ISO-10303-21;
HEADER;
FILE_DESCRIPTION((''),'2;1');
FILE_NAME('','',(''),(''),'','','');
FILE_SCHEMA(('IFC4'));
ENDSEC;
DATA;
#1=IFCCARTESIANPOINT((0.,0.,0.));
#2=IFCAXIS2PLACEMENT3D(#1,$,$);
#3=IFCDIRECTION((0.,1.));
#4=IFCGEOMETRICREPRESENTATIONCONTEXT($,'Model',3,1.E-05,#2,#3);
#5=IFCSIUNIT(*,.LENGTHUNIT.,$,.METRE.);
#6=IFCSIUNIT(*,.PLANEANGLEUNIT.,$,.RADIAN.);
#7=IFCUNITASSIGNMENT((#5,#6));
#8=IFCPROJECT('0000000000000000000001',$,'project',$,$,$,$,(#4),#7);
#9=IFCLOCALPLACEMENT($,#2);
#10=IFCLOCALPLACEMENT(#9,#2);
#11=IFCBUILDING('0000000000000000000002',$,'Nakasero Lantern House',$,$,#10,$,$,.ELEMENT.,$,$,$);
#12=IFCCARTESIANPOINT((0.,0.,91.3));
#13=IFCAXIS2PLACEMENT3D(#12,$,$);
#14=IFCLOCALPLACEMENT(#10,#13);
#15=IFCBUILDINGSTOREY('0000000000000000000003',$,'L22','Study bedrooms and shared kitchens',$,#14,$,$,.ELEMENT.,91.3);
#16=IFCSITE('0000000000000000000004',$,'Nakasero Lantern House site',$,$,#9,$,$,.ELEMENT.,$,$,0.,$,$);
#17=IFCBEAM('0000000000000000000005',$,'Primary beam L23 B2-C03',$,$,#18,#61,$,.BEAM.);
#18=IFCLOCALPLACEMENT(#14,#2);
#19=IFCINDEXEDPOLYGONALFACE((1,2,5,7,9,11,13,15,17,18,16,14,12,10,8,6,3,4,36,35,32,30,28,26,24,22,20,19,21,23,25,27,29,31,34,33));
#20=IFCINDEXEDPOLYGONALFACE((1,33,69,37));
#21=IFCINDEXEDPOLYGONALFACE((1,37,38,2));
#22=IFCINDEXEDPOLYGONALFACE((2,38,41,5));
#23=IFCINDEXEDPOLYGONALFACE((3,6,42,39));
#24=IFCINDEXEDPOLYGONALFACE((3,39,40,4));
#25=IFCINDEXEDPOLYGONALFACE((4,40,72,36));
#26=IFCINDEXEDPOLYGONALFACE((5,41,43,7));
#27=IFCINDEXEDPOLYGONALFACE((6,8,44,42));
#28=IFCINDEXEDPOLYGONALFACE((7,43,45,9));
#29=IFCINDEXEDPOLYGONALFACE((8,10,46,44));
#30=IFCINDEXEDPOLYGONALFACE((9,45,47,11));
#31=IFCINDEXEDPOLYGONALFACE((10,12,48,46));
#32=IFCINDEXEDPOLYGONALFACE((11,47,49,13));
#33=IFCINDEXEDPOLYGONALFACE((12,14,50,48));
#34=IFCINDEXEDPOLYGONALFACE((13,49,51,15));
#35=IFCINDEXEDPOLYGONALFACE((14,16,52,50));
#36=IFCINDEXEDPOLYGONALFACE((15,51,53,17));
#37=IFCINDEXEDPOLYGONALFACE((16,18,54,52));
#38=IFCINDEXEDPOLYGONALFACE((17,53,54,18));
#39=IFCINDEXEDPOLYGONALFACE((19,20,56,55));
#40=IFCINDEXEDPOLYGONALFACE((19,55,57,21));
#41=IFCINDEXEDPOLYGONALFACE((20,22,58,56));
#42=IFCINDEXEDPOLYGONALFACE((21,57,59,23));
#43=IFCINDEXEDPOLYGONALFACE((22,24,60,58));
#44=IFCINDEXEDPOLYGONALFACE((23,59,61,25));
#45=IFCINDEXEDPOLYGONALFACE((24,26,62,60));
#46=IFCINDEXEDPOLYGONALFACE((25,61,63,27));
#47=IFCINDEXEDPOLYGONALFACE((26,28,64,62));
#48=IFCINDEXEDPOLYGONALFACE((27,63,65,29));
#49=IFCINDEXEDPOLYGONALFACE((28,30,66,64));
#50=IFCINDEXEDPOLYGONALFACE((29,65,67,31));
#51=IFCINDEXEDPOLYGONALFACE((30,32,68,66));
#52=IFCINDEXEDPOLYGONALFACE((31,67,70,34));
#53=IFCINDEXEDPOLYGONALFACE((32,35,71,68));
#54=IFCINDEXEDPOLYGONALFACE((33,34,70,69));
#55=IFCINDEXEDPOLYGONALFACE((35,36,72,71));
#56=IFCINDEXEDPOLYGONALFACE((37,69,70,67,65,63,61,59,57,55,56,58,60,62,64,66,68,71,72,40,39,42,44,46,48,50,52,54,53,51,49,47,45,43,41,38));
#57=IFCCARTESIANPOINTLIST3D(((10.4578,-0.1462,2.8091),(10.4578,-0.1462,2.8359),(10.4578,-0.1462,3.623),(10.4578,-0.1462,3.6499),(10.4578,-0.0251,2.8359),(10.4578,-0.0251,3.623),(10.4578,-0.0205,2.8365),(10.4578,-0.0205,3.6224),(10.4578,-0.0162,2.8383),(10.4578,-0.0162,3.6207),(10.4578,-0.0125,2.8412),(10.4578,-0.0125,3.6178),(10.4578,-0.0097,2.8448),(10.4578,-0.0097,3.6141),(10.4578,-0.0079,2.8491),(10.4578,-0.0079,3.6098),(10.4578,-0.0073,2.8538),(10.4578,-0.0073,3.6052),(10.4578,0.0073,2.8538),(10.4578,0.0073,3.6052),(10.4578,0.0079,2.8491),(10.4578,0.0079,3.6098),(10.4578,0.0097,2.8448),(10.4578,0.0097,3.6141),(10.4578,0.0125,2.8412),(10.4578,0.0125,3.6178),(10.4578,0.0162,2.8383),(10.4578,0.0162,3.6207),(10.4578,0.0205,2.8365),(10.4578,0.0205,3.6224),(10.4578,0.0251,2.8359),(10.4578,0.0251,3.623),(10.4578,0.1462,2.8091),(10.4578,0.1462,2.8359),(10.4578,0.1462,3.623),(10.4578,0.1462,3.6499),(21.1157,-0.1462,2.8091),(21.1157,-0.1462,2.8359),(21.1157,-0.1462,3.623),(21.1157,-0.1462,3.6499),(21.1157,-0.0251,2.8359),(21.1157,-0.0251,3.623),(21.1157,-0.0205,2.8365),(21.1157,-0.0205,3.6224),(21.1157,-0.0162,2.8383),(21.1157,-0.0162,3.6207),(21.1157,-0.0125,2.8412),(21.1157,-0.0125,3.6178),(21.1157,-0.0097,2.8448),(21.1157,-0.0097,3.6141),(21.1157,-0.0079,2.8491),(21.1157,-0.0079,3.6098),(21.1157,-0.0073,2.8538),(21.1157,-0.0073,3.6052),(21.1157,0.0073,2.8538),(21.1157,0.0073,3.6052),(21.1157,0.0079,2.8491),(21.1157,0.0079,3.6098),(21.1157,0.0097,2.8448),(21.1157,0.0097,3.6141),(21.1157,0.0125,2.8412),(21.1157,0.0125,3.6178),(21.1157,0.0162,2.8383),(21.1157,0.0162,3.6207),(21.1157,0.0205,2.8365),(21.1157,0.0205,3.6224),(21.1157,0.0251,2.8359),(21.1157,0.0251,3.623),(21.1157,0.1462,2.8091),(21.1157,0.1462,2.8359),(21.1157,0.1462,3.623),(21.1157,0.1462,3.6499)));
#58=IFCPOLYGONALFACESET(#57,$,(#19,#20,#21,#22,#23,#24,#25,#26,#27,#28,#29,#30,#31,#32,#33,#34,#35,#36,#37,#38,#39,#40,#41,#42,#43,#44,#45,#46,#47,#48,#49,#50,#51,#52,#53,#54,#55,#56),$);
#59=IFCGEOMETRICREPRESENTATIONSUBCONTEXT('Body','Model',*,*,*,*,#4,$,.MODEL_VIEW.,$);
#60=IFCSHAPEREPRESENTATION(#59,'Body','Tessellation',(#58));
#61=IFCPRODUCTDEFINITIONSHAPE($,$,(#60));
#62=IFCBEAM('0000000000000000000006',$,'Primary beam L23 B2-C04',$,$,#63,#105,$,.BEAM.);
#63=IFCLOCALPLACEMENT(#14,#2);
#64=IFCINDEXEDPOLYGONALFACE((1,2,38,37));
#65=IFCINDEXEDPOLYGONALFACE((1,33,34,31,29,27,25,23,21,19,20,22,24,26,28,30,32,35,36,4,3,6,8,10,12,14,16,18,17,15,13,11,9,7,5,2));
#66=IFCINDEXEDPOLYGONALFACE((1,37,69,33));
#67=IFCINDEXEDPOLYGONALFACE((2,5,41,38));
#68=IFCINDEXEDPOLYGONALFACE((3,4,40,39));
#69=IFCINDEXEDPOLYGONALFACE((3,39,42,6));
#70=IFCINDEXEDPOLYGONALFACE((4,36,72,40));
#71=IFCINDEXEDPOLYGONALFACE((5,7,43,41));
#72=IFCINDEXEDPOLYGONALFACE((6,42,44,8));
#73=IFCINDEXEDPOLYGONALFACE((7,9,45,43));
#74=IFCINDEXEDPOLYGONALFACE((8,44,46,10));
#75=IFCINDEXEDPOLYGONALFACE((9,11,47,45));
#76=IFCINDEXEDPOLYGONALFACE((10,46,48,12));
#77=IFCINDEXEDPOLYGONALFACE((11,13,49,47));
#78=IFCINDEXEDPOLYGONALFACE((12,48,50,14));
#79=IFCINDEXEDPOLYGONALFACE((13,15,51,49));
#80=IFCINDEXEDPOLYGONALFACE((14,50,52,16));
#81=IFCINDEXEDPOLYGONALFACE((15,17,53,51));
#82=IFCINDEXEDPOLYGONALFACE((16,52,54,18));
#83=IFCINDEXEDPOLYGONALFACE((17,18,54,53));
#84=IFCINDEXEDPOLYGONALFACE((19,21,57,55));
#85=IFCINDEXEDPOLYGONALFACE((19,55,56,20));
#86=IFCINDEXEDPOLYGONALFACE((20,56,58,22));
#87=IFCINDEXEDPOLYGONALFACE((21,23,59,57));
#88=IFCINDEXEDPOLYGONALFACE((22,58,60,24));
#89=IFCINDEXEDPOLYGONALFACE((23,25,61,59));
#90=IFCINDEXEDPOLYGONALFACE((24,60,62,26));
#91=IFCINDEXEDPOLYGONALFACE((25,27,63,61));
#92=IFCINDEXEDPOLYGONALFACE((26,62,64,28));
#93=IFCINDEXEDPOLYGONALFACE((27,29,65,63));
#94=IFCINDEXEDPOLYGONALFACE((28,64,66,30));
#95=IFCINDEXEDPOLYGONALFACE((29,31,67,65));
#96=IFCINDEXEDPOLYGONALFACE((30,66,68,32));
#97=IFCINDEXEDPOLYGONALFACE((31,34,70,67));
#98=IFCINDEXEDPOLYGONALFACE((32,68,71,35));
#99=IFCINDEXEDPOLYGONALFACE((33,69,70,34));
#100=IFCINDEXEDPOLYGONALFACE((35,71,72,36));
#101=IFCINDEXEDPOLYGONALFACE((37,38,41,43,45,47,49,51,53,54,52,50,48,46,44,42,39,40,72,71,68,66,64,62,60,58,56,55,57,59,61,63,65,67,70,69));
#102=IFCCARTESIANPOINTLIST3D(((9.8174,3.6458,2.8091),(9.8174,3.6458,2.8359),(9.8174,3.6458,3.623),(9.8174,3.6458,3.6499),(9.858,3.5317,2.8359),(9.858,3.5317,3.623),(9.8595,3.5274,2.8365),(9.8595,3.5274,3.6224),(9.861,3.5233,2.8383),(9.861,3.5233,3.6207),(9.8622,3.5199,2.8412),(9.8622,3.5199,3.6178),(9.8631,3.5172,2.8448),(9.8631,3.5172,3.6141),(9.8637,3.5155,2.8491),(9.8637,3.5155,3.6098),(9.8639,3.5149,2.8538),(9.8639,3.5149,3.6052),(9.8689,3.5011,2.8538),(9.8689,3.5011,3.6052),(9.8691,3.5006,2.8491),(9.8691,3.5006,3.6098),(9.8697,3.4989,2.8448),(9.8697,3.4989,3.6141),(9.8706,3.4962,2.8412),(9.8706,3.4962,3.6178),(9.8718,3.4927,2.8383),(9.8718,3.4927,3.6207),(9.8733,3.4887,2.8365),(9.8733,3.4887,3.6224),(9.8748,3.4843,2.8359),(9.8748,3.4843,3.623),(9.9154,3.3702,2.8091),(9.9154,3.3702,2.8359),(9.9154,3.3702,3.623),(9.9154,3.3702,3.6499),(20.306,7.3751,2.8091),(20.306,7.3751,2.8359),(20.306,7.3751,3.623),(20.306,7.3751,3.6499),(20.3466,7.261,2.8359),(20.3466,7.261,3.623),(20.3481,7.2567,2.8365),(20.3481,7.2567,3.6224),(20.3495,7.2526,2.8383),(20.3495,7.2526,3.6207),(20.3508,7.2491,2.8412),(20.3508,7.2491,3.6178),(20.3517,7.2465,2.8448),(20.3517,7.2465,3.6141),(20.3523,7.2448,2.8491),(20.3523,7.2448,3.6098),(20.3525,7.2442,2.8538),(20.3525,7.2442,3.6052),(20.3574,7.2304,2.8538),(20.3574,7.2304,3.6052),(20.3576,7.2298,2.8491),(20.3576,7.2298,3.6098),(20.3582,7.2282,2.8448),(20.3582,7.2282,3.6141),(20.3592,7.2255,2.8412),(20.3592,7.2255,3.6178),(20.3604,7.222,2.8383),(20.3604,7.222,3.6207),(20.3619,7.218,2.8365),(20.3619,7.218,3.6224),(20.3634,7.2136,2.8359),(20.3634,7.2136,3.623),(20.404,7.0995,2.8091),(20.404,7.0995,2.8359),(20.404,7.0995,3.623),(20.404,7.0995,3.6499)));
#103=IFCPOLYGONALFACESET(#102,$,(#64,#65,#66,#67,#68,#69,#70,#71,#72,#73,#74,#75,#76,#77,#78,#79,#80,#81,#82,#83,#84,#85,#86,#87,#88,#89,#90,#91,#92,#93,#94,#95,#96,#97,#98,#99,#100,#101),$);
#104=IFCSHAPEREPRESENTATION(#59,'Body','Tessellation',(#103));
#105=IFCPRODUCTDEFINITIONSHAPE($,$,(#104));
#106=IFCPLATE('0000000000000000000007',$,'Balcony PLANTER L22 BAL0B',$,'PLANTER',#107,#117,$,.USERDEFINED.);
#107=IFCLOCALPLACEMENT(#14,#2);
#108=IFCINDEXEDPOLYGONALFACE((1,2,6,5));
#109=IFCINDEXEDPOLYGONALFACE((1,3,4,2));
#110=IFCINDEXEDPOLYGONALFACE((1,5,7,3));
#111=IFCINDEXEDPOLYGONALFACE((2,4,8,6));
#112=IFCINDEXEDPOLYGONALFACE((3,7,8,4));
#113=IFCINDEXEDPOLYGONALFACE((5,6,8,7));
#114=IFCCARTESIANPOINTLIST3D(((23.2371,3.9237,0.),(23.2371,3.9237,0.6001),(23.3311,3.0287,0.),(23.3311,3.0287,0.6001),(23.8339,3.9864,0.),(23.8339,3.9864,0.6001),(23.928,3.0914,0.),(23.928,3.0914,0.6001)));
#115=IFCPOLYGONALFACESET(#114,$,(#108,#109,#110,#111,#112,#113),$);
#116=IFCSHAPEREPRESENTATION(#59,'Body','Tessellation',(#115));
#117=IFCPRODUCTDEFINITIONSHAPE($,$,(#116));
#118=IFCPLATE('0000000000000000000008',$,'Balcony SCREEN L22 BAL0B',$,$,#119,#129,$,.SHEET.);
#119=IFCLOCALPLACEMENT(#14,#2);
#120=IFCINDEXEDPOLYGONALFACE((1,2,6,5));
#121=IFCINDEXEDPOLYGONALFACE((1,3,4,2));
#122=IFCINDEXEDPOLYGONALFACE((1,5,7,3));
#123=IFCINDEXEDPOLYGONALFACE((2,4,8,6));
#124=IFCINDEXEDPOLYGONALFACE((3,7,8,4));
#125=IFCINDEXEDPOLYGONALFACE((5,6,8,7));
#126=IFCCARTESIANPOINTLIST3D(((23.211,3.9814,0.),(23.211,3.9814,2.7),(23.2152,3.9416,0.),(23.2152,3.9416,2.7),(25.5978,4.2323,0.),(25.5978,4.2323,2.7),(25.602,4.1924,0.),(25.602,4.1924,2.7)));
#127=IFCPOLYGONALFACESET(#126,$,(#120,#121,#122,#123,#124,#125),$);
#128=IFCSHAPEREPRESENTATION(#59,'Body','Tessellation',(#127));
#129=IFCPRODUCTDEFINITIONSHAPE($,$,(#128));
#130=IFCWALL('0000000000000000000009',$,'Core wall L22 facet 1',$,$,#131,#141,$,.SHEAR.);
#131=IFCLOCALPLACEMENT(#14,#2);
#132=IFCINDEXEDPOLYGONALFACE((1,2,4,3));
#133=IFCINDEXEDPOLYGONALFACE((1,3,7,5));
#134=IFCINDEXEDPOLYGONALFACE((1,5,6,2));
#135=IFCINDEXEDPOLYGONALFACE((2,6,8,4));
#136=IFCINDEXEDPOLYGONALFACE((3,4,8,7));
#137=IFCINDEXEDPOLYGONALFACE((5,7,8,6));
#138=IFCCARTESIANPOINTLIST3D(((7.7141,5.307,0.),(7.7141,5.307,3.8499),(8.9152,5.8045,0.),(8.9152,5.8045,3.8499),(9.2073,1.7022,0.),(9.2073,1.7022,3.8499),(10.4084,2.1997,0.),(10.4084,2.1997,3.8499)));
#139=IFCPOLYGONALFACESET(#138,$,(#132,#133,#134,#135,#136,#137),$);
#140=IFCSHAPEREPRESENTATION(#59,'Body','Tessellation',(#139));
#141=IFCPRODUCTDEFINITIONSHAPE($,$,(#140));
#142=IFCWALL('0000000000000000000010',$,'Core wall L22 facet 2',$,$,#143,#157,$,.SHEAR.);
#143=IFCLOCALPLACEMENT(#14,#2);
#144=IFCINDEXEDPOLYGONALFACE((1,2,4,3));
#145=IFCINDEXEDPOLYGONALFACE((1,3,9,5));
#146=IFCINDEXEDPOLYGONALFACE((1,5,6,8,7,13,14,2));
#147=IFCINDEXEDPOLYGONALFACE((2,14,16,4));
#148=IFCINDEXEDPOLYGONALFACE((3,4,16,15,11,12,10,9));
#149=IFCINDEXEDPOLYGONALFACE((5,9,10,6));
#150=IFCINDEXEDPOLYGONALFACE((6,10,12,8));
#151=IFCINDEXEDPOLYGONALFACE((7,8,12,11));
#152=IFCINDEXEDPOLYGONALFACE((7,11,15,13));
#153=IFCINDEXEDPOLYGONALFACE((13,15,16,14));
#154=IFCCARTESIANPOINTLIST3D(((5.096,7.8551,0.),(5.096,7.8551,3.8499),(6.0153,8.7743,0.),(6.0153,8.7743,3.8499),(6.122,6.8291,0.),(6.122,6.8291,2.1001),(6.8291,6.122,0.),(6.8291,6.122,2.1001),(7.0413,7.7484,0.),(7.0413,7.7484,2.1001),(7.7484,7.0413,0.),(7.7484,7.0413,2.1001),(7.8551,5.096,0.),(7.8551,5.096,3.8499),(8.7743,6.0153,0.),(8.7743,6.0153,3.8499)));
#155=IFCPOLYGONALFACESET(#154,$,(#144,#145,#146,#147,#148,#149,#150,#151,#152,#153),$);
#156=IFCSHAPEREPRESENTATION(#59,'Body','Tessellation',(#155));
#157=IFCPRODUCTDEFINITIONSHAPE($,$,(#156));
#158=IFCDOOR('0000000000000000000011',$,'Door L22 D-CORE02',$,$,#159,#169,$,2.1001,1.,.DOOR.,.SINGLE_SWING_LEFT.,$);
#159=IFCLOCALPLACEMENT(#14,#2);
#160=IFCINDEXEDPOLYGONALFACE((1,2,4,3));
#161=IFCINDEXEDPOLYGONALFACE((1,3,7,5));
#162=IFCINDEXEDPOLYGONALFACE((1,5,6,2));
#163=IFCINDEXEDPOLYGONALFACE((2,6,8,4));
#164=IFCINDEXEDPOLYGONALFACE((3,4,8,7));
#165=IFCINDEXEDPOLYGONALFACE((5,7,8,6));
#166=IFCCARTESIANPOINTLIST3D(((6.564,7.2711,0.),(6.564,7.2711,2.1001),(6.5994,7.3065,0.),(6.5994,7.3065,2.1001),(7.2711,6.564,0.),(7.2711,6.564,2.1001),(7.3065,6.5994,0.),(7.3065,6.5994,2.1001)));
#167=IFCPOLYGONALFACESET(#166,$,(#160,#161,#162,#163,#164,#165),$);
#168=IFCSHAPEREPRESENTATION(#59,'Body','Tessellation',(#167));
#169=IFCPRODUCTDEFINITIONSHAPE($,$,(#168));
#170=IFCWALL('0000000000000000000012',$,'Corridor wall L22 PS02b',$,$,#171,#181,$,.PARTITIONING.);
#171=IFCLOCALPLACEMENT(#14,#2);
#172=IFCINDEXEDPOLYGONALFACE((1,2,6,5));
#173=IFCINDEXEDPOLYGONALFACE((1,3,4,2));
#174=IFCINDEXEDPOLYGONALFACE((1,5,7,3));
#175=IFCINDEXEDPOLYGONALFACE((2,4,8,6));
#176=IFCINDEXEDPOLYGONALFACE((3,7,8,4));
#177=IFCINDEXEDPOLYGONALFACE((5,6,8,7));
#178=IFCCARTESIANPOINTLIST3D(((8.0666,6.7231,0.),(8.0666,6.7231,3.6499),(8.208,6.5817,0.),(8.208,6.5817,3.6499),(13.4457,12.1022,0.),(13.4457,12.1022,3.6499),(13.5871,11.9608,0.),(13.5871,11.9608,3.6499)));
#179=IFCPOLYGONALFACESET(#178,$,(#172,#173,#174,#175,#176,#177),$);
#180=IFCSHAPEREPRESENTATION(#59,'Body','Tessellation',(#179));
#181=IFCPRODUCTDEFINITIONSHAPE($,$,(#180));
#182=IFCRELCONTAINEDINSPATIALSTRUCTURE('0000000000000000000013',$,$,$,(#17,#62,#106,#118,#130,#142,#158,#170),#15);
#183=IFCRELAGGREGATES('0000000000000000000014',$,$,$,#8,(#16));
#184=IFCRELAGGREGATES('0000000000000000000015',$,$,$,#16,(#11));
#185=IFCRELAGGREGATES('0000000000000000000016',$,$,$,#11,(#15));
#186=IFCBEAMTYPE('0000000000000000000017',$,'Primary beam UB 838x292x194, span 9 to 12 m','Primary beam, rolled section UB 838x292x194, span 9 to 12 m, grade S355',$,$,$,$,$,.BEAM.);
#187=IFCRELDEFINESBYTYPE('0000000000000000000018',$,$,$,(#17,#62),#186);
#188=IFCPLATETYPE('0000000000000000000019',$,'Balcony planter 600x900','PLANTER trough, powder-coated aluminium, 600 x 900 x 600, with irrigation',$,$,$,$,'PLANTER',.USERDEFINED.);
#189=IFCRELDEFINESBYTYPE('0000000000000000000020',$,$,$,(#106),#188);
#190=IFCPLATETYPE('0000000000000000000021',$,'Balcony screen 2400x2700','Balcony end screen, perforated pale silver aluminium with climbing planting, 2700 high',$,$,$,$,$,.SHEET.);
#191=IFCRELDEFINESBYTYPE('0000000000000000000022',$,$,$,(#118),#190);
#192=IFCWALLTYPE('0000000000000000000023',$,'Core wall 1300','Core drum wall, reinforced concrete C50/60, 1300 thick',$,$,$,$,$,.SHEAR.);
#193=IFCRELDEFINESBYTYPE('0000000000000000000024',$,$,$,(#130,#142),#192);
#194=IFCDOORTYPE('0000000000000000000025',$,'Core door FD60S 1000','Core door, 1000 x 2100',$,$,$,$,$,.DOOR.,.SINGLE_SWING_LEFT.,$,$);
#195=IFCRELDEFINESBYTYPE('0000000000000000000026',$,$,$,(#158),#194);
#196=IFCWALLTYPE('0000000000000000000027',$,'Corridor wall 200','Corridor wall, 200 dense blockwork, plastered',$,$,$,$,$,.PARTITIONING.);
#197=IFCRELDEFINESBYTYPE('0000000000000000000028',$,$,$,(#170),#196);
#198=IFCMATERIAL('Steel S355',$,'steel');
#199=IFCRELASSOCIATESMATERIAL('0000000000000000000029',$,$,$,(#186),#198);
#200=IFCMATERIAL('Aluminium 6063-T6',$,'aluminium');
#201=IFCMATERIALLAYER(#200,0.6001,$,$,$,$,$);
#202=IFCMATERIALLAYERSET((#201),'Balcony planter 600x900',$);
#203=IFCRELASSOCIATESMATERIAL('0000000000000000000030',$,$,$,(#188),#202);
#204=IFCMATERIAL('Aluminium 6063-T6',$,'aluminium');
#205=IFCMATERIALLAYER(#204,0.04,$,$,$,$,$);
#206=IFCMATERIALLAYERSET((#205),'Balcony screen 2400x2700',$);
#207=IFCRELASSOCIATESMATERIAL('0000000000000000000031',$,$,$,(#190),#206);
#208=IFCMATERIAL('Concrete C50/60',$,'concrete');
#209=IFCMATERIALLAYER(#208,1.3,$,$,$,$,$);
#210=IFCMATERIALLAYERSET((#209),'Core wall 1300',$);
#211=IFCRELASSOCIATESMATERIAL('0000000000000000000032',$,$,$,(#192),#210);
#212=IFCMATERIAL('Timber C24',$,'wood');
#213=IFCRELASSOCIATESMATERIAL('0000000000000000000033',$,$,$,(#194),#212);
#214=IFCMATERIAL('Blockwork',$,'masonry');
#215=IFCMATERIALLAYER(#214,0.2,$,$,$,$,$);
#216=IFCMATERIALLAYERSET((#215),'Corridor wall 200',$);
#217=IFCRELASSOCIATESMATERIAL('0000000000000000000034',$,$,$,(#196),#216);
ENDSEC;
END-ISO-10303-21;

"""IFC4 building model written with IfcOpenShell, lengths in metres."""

from ifc_helpers import new_model, si_unit, direction, frame, frame_2d, origin, origin_2d, place, context, subcontext, project, spatial, rectangle, i_section, extrude, material, layer, layer_set, material_profile, profile_set, type_object, element, fill, save


model = new_model("IFC4")

# Units and contexts
model_context = context("Model", 3, precision=1e-05, world=origin(), true_north=direction((0.0, 1.0)))
body_context = subcontext(model_context, "Body", "Model", "MODEL_VIEW")
ifc_project = project(units=[si_unit("LENGTHUNIT", "METRE"), si_unit("PLANEANGLEUNIT", "RADIAN")], contexts=[model_context])

# Site, building, storey
site_placement = place(None, origin())
site = spatial("IfcSite", under=ifc_project, at=site_placement, Name="Nakasero Lantern House site", CompositionType="ELEMENT", RefElevation=0.0)
building_placement = place(site_placement, origin())
building = spatial("IfcBuilding", under=site, at=building_placement, Name="Nakasero Lantern House", CompositionType="ELEMENT")
storey_placement = place(building_placement, frame((0.0, 0.0, 91.3)))
storey = spatial("IfcBuildingStorey", under=building, at=storey_placement, Name="L22", Description="Study bedrooms and shared kitchens", CompositionType="ELEMENT", Elevation=91.3)

# Beams
ifc_material_1 = material(Name="Steel S355", Category="steel")
ifc_material_profile_1 = material_profile(ifc_material_1, i_section(OverallWidth=0.2925, OverallDepth=0.8408, WebThickness=0.0146, FlangeThickness=0.0269, FilletRadius=0.0178, at=origin_2d()), Name="UB 838x292x194")
ifc_profile_set_1 = profile_set([ifc_material_profile_1], Name="Steel S355")
beam_type_1 = type_object("IfcBeamType", Name="Primary beam UB 838x292x194, span 9 to 12 m", Description="Primary beam, rolled section UB 838x292x194, span 9 to 12 m, grade S355", PredefinedType="BEAM", material=ifc_profile_set_1)
beam_1_placement = place(storey_placement, frame((21.1157, 0.0, 3.2295), z_axis=(-1.0, 0.0, 0.0), x_axis=(0.0, -1.0, 0.0)))
element("IfcBeam", 1, at=beam_1_placement, inside=storey, type_object=beam_type_1, Name="Primary beam L23 B2-C03", PredefinedType="BEAM", context=body_context, shape_type="SweptSolid", body=[
    extrude(i_section(OverallWidth=0.2925, OverallDepth=0.8408, WebThickness=0.0146, FlangeThickness=0.0269, FilletRadius=0.0178, at=origin_2d()), origin(), (0.0, 0.0, 1.0), 10.658),
])
beam_2_placement = place(storey_placement, frame((20.355, 7.2373, 3.2295), z_axis=(-0.942215, -0.335009, 0.0), x_axis=(0.335009, -0.942215, 0.0)))
element("IfcBeam", 2, at=beam_2_placement, inside=storey, type_object=beam_type_1, Name="Primary beam L23 B2-C04", PredefinedType="BEAM", context=body_context, shape_type="SweptSolid", body=[
    extrude(i_section(OverallWidth=0.2925, OverallDepth=0.8408, WebThickness=0.0146, FlangeThickness=0.0269, FilletRadius=0.0178, at=origin_2d()), origin(), (0.0, 0.0, 1.0), 11.1318),
])

# Plates
ifc_material_2 = material(Name="Aluminium 6063-T6", Category="aluminium")
ifc_layer_1 = layer(ifc_material_2, 0.6001)
ifc_layer_set_1 = layer_set([ifc_layer_1], Name="Balcony planter 600x900")
plate_type_1 = type_object("IfcPlateType", Name="Balcony planter 600x900", Description="PLANTER trough, powder-coated aluminium, 600 x 900 x 600, with irrigation", ElementType="PLANTER", PredefinedType="USERDEFINED", material=ifc_layer_set_1)
plate_1_placement = place(storey_placement, frame((23.5825, 3.5076, 0.0), z_axis=(0.0, 0.0, 1.0), x_axis=(0.994522, 0.104528, 0.0)))
element("IfcPlate", 3, at=plate_1_placement, inside=storey, type_object=plate_type_1, Name="Balcony PLANTER L22 BAL0B", ObjectType="PLANTER", PredefinedType="USERDEFINED", context=body_context, shape_type="SweptSolid", body=[
    extrude(rectangle(XDim=0.6001, YDim=0.8999, at=origin_2d()), origin(), (0.0, 0.0, 1.0), 0.6001),
])
ifc_material_3 = material(Name="Aluminium 6063-T6", Category="aluminium")
ifc_layer_2 = layer(ifc_material_3, 0.04)
ifc_layer_set_2 = layer_set([ifc_layer_2], Name="Balcony screen 2400x2700")
plate_type_2 = type_object("IfcPlateType", Name="Balcony screen 2400x2700", Description="Balcony end screen, perforated pale silver aluminium with climbing planting, 2700 high", PredefinedType="SHEET", material=ifc_layer_set_2)
plate_2_placement = place(storey_placement, frame((24.4065, 4.0869, 0.0), z_axis=(0.0, 0.0, 1.0), x_axis=(0.994522, 0.104528, 0.0)))
element("IfcPlate", 4, at=plate_2_placement, inside=storey, type_object=plate_type_2, Name="Balcony SCREEN L22 BAL0B", PredefinedType="SHEET", context=body_context, shape_type="SweptSolid", body=[
    extrude(rectangle(XDim=2.3999, YDim=0.04, at=origin_2d()), origin(), (0.0, 0.0, 1.0), 2.7),
])

# Wall
ifc_material_4 = material(Name="Concrete C50/60", Category="concrete")
ifc_layer_3 = layer(ifc_material_4, 1.3)
ifc_layer_set_3 = layer_set([ifc_layer_3], Name="Core wall 1300")
wall_type_1 = type_object("IfcWallType", Name="Core wall 1300", Description="Core drum wall, reinforced concrete C50/60, 1300 thick", PredefinedType="SHEAR", material=ifc_layer_set_3)
wall_1_placement = place(storey_placement, frame((9.8079, 1.9509, 0.0), z_axis=(0.0, 0.0, 1.0), x_axis=(-0.382691, 0.923877, 0.0)))
element("IfcWall", 5, at=wall_1_placement, inside=storey, type_object=wall_type_1, Name="Core wall L22 facet 1", PredefinedType="SHEAR", context=body_context, shape_type="SweptSolid", body=[
    extrude(rectangle(XDim=3.9019, YDim=1.3, at=frame_2d((1.9509, 0.0))), origin(), (0.0, 0.0, 1.0), 3.8499),
])

# Wall, opening, door
wall_2_placement = place(storey_placement, frame((8.3147, 5.5557, 0.0), z_axis=(0.0, 0.0, 1.0), x_axis=(-0.707107, 0.707107, 0.0)))
wall_2 = element("IfcWall", 6, at=wall_2_placement, inside=storey, type_object=wall_type_1, Name="Core wall L22 facet 2", PredefinedType="SHEAR", context=body_context, shape_type="SweptSolid", body=[
    extrude(rectangle(XDim=3.9019, YDim=1.3, at=frame_2d((1.9509, 0.0))), origin(), (0.0, 0.0, 1.0), 3.8499),
])
opening_1_placement = place(wall_2_placement, frame((1.4509, 0.0, 0.0)))
opening_1 = element("IfcOpeningElement", 7, at=opening_1_placement, cuts=wall_2, PredefinedType="OPENING", context=body_context, shape_type="SweptSolid", body=[
    extrude(rectangle(XDim=1.0, YDim=2.1001, at=frame_2d((0.5, 1.05))), frame((0.0, 0.6699, 0.0), z_axis=(0.0, -1.0, 0.0), x_axis=(1.0, 0.0, 0.0)), (0.0, 0.0, 1.0), 1.3401),
])
ifc_material_5 = material(Name="Timber C24", Category="wood")
door_type_1 = type_object("IfcDoorType", Name="Core door FD60S 1000", Description="Core door, 1000 x 2100", OperationType="SINGLE_SWING_LEFT", PredefinedType="DOOR", material=ifc_material_5)
door_1_placement = place(opening_1_placement, origin())
door_1 = element("IfcDoor", 8, at=door_1_placement, inside=storey, type_object=door_type_1, Name="Door L22 D-CORE02", OperationType="SINGLE_SWING_LEFT", OverallHeight=2.1001, OverallWidth=1.0, PredefinedType="DOOR", context=body_context, shape_type="SweptSolid", body=[
    extrude(rectangle(XDim=1.0, YDim=2.1001, at=frame_2d((0.5, 1.05))), frame((0.0, 0.0249, 0.0), z_axis=(0.0, -1.0, 0.0), x_axis=(1.0, 0.0, 0.0)), (0.0, 0.0, 1.0), 0.05),
])
fill(opening_1, door_1)

# Wall
ifc_material_6 = material(Name="Blockwork", Category="masonry")
ifc_layer_4 = layer(ifc_material_6, 0.2)
ifc_layer_set_4 = layer_set([ifc_layer_4], Name="Corridor wall 200")
wall_type_2 = type_object("IfcWallType", Name="Corridor wall 200", Description="Corridor wall, 200 dense blockwork, plastered", PredefinedType="PARTITIONING", material=ifc_layer_set_4)
wall_3_placement = place(storey_placement, frame((8.1372, 6.6523, 0.0), z_axis=(0.0, 0.0, 1.0), x_axis=(0.707107, 0.707107, 0.0)))
element("IfcWall", 9, at=wall_3_placement, inside=storey, type_object=wall_type_2, Name="Corridor wall L22 PS02b", PredefinedType="PARTITIONING", context=body_context, shape_type="SweptSolid", body=[
    extrude(rectangle(XDim=7.6072, YDim=0.2, at=frame_2d((3.8037, 0.0))), origin(), (0.0, 0.0, 1.0), 3.6499),
])

save(model, "model.ifc")
